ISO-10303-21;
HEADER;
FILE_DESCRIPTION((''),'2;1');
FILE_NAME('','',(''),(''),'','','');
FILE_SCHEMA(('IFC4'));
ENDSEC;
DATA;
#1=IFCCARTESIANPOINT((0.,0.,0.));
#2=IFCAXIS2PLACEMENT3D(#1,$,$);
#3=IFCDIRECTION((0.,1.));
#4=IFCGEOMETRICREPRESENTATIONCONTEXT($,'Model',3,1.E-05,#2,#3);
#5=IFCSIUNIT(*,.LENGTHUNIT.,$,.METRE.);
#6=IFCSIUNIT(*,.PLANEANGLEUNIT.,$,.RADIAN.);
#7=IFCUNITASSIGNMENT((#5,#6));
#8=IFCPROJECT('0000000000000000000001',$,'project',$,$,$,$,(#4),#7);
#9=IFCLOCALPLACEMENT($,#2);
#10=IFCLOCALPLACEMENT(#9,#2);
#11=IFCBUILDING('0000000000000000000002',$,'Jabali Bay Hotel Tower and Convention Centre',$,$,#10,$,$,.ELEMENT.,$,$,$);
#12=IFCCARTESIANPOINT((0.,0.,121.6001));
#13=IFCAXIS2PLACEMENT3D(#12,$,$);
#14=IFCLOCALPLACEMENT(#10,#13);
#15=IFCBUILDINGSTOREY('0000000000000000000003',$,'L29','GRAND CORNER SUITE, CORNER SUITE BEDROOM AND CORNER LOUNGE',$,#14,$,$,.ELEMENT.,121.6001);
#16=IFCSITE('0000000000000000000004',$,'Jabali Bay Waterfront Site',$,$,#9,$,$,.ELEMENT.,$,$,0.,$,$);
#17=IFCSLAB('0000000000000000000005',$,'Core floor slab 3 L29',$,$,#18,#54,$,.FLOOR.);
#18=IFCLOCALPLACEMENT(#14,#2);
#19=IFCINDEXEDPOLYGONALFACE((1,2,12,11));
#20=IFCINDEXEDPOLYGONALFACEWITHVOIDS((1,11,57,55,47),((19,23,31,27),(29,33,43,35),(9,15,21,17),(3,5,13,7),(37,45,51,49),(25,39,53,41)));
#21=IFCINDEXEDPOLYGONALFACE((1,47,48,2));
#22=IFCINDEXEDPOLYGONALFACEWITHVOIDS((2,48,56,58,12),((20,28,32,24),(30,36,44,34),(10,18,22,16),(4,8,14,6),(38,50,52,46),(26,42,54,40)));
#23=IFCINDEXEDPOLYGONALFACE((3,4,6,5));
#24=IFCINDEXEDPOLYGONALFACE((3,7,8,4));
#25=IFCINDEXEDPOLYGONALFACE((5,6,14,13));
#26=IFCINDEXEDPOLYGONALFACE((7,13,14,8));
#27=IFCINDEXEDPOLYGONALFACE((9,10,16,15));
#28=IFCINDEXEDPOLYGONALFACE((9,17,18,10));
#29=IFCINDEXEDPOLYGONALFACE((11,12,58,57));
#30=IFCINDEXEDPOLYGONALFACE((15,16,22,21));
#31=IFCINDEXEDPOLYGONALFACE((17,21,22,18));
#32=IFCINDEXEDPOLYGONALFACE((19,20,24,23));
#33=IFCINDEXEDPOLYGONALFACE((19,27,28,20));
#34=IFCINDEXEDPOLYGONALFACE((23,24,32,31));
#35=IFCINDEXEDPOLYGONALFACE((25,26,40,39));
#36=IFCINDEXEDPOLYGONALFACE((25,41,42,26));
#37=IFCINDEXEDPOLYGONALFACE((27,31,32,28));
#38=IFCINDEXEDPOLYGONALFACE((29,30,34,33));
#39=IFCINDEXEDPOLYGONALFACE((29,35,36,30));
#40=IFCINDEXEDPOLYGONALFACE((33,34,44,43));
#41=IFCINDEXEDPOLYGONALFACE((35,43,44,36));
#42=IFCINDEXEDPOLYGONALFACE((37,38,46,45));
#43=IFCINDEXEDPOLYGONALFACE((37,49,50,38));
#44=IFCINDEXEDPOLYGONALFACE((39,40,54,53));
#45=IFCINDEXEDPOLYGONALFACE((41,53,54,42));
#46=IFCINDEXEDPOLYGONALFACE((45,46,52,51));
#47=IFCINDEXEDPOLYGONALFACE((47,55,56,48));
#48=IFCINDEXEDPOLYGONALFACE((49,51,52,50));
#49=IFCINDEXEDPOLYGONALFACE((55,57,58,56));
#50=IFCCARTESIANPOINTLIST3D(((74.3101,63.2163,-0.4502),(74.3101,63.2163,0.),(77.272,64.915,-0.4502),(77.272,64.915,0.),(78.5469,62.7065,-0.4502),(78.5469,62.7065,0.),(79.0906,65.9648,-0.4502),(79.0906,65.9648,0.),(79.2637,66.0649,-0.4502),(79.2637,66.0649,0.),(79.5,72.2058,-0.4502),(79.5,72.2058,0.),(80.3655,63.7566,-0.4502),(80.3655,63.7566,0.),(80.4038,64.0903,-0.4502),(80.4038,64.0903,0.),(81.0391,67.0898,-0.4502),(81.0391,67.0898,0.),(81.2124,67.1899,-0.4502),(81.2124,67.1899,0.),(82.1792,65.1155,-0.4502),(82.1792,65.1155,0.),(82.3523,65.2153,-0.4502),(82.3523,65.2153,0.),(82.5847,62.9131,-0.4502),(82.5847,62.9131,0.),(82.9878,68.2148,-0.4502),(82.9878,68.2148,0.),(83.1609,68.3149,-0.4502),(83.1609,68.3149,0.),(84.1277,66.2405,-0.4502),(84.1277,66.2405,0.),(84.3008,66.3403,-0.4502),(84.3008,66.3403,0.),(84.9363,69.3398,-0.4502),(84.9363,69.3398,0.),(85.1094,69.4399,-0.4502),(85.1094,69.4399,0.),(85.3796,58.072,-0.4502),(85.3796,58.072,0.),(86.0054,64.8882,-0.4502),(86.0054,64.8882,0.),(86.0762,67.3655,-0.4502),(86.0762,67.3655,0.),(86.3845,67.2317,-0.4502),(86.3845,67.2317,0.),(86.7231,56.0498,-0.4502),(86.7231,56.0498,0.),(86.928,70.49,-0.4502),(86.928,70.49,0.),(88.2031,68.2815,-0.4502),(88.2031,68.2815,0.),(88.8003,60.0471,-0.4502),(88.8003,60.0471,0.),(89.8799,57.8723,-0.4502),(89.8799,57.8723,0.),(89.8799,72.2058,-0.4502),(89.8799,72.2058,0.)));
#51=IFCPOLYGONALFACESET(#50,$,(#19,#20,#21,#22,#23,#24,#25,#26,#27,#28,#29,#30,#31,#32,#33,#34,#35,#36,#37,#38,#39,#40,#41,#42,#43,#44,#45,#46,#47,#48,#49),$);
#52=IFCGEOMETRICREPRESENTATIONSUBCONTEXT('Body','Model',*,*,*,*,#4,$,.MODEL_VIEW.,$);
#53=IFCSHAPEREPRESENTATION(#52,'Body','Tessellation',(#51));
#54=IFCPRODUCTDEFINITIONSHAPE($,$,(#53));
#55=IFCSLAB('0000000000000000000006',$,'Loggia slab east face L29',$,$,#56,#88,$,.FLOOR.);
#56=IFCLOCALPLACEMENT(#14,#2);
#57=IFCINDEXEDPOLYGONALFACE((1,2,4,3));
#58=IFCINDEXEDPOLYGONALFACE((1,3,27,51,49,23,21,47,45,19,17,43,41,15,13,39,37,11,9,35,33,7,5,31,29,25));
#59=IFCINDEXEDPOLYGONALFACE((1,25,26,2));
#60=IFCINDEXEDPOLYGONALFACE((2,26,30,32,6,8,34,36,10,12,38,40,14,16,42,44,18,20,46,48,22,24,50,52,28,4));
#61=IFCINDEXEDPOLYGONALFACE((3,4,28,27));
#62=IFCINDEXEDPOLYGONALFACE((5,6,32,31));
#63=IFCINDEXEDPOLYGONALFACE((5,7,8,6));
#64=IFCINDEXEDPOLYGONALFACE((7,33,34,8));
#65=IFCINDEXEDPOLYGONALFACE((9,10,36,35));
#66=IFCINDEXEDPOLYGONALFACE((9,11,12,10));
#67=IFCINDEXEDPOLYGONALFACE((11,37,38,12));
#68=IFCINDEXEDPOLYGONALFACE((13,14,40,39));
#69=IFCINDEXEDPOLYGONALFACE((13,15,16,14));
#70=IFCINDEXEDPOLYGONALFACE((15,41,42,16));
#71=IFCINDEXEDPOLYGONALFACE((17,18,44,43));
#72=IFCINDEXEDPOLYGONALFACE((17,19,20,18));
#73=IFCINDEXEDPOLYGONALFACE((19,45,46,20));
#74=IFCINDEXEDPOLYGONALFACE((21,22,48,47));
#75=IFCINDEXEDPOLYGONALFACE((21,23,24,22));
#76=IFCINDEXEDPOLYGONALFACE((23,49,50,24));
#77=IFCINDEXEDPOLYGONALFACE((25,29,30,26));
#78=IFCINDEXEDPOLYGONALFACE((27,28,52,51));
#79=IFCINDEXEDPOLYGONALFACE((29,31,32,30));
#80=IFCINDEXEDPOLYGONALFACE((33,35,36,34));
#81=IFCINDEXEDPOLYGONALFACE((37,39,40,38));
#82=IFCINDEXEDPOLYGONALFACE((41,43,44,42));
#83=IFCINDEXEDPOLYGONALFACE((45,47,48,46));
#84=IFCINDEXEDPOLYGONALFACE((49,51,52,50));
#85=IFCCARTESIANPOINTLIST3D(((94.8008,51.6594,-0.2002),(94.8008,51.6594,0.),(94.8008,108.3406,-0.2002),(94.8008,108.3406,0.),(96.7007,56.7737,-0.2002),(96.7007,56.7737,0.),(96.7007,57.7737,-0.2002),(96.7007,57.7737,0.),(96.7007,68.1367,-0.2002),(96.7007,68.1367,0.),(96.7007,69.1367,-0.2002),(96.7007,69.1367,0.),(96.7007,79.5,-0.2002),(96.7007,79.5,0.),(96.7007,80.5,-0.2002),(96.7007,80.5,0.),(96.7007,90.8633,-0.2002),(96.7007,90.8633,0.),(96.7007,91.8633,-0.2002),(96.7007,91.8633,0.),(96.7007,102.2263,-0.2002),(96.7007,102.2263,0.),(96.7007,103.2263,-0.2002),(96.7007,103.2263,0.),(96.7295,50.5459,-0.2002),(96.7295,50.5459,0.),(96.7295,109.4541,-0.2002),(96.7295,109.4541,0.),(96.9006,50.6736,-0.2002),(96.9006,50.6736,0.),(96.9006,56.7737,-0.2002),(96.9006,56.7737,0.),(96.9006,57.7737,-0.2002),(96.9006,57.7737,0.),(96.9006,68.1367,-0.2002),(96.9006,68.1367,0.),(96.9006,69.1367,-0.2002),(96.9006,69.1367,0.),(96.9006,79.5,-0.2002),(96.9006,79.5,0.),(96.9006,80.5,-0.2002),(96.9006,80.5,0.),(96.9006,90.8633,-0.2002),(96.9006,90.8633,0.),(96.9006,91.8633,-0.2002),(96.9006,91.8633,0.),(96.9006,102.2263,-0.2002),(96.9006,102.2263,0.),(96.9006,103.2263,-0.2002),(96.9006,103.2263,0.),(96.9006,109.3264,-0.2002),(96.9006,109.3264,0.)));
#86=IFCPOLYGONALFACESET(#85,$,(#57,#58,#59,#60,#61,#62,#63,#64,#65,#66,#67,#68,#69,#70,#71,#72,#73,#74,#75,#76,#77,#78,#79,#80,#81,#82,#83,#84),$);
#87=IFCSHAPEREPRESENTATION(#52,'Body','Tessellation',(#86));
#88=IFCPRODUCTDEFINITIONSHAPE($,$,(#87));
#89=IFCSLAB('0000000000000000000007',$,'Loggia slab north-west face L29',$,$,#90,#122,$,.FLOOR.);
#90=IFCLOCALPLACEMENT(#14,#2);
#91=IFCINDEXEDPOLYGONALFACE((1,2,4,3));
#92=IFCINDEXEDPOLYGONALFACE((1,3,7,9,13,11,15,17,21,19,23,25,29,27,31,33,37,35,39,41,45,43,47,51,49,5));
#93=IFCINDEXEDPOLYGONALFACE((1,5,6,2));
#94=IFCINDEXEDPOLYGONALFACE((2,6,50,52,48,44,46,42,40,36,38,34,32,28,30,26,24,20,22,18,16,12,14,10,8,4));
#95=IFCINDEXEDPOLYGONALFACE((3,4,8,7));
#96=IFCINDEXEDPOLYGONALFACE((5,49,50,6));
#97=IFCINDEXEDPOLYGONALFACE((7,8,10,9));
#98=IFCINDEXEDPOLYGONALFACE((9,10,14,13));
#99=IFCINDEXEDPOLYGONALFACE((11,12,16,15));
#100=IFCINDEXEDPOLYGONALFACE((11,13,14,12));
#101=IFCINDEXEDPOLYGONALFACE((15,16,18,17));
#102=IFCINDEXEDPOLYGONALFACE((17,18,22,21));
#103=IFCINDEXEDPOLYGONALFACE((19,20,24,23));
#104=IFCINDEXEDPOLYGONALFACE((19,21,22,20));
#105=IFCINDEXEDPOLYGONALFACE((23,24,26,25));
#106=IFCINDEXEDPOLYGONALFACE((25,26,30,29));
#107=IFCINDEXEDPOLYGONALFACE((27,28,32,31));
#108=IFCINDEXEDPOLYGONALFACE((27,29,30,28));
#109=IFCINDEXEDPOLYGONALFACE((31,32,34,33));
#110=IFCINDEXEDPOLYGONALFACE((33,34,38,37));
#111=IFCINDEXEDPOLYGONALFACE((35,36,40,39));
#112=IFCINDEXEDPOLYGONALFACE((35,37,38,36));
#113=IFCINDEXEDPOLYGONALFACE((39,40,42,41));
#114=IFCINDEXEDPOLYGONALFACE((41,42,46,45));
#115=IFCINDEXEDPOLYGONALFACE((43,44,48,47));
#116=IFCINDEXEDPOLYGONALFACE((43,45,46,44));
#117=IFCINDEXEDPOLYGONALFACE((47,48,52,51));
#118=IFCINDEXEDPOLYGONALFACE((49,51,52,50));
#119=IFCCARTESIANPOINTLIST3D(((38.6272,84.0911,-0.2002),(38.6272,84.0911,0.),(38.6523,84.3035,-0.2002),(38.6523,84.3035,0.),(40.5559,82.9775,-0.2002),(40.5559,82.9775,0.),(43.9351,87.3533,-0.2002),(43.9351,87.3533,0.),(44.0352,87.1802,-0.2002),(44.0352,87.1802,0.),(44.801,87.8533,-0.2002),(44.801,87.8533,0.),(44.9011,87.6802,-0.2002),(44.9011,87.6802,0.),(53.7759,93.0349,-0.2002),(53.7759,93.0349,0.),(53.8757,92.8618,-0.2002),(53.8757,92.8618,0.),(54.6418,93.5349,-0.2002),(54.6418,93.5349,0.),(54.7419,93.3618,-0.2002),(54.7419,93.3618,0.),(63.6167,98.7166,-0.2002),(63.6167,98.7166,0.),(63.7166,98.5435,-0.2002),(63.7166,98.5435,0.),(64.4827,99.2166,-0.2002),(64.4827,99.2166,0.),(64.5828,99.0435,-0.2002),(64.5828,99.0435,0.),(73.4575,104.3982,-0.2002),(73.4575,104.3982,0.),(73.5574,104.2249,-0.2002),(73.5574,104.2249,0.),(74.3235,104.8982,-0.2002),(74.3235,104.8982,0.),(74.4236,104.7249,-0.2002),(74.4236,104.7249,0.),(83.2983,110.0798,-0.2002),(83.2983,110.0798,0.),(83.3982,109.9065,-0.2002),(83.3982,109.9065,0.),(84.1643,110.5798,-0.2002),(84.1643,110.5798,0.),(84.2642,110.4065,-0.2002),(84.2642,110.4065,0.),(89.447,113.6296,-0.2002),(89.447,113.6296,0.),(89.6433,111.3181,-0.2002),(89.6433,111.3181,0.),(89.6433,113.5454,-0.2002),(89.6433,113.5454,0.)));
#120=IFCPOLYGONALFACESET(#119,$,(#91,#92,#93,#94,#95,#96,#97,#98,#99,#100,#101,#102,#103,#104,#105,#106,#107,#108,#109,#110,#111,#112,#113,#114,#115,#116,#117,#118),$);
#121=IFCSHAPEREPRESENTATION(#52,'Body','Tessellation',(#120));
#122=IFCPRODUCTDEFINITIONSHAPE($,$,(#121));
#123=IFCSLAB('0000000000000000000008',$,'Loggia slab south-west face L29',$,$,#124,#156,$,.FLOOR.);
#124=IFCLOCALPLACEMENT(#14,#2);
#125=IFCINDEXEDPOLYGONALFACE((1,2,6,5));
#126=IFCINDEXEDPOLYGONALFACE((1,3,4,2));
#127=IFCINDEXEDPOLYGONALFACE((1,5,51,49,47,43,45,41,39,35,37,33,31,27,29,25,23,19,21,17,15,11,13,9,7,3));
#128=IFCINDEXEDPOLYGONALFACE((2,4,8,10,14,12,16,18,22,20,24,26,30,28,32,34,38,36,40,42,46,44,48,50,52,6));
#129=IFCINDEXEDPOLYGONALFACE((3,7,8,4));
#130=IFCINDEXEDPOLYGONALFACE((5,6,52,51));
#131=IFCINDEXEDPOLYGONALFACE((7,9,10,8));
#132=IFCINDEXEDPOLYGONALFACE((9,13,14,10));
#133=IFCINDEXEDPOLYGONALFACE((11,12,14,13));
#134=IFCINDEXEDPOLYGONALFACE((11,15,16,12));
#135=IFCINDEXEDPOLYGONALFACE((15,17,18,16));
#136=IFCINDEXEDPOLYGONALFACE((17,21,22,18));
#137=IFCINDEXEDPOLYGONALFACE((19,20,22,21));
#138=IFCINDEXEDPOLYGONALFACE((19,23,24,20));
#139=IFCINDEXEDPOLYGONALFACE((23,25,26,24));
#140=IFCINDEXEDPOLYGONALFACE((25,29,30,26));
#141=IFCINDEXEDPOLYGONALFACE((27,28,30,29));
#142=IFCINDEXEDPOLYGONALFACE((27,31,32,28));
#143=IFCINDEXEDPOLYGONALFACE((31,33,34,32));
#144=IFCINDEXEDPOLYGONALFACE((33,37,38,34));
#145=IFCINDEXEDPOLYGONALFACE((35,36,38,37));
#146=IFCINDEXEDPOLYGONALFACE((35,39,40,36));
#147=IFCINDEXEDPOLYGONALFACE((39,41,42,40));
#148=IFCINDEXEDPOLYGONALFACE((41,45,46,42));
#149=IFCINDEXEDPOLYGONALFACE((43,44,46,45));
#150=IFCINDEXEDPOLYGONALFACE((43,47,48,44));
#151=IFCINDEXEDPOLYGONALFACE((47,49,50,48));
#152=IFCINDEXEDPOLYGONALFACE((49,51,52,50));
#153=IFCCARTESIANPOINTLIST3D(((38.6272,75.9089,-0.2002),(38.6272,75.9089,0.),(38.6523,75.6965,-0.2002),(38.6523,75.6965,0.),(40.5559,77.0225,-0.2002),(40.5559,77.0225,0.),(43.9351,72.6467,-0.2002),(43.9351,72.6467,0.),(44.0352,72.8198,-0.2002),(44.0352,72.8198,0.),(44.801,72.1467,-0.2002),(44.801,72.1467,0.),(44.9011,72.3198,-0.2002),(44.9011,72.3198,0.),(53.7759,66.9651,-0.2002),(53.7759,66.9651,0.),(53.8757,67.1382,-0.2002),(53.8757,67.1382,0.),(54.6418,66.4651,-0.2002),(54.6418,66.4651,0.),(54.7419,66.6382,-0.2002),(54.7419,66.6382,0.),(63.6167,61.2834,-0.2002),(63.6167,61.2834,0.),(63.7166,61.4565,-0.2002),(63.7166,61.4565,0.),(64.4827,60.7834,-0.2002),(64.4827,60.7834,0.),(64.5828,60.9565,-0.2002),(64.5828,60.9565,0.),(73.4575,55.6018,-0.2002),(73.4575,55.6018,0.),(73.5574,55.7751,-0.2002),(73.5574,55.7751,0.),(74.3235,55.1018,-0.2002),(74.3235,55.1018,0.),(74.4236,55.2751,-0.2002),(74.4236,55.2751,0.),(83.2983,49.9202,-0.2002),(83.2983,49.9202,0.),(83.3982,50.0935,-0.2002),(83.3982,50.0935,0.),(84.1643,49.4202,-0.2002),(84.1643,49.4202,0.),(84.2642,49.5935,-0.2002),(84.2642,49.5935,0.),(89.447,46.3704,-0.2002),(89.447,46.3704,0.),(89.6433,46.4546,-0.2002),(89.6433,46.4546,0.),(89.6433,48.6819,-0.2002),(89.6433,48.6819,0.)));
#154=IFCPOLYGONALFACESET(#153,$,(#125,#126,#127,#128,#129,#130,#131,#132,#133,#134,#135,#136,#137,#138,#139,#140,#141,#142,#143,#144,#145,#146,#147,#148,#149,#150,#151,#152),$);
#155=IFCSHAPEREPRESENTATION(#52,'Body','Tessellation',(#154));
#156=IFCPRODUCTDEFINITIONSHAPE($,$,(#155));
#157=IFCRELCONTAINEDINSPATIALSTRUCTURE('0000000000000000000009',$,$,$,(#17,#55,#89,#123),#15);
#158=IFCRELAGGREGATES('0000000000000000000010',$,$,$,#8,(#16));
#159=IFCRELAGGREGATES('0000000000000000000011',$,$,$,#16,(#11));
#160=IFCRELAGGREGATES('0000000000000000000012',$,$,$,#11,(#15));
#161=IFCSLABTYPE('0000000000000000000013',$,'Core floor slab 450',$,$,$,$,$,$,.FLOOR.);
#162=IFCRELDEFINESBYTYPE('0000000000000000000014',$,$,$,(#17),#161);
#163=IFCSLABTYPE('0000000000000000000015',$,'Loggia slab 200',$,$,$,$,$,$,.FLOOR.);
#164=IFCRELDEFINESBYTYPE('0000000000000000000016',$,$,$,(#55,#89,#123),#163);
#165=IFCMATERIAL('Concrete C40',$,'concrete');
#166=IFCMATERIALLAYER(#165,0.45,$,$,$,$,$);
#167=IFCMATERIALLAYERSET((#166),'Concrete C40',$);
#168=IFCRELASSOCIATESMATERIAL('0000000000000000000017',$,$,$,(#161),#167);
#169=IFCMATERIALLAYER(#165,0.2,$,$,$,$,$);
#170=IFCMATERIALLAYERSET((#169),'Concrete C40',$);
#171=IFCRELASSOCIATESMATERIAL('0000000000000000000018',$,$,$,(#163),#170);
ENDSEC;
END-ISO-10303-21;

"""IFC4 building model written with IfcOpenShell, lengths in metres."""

from ifc_helpers import new_model, si_unit, direction, frame, origin, place, context, subcontext, project, spatial, polyline, outline, extrude, material, layer, layer_set, type_object, element, save


model = new_model("IFC4")

# Units and contexts
model_context = context("Model", 3, precision=1e-05, world=origin(), true_north=direction((0.0, 1.0)))
body_context = subcontext(model_context, "Body", "Model", "MODEL_VIEW")
ifc_project = project(units=[si_unit("LENGTHUNIT", "METRE"), si_unit("PLANEANGLEUNIT", "RADIAN")], contexts=[model_context])

# Site, building, storey
site_placement = place(None, origin())
site = spatial("IfcSite", under=ifc_project, at=site_placement, Name="Jabali Bay Waterfront Site", CompositionType="ELEMENT", RefElevation=0.0)
building_placement = place(site_placement, origin())
building = spatial("IfcBuilding", under=site, at=building_placement, Name="Jabali Bay Hotel Tower and Convention Centre", CompositionType="ELEMENT")
storey_placement = place(building_placement, frame((0.0, 0.0, 121.6001)))
storey = spatial("IfcBuildingStorey", under=building, at=storey_placement, Name="L29", Description="GRAND CORNER SUITE, CORNER SUITE BEDROOM AND CORNER LOUNGE", CompositionType="ELEMENT", Elevation=121.6001)

# Slabs
ifc_material_1 = material(Name="Concrete C40", Category="concrete")
ifc_layer_1 = layer(ifc_material_1, 0.45)
ifc_layer_set_1 = layer_set([ifc_layer_1], Name="Concrete C40")
slab_type_1 = type_object("IfcSlabType", Name="Core floor slab 450", PredefinedType="FLOOR", material=ifc_layer_set_1)
slab_1_placement = place(storey_placement, frame((0.0, 0.0, -0.4502)))
element("IfcSlab", 1, at=slab_1_placement, inside=storey, type_object=slab_type_1, Name="Core floor slab 3 L29", PredefinedType="FLOOR", context=body_context, shape_type="SweptSolid", body=[
    extrude(outline(polyline([(79.5, 72.2058), (74.3101, 63.2163), (86.7231, 56.0498), (89.8799, 57.8723), (89.8799, 72.2058), (79.5, 72.2058)]), holes=[polyline([(82.5847, 62.9131), (85.3796, 58.072), (88.8003, 60.0471), (86.0054, 64.8882), (82.5847, 62.9131)]), polyline([(80.3655, 63.7566), (79.0906, 65.9648), (77.272, 64.915), (78.5469, 62.7065), (80.3655, 63.7566)]), polyline([(82.1792, 65.1155), (81.0391, 67.0898), (79.2637, 66.0649), (80.4038, 64.0903), (82.1792, 65.1155)]), polyline([(82.9878, 68.2148), (81.2124, 67.1899), (82.3523, 65.2153), (84.1277, 66.2405), (82.9878, 68.2148)]), polyline([(86.0762, 67.3655), (84.9363, 69.3398), (83.1609, 68.3149), (84.3008, 66.3403), (86.0762, 67.3655)]), polyline([(88.2031, 68.2815), (86.928, 70.49), (85.1094, 69.4399), (86.3845, 67.2317), (88.2031, 68.2815)])]), origin(), (0.0, 0.0, 1.0), 0.4502),
])
ifc_layer_2 = layer(ifc_material_1, 0.2)
ifc_layer_set_2 = layer_set([ifc_layer_2], Name="Concrete C40")
slab_type_2 = type_object("IfcSlabType", Name="Loggia slab 200", PredefinedType="FLOOR", material=ifc_layer_set_2)
slab_2_placement = place(storey_placement, frame((0.0, 0.0, -0.2002)))
element("IfcSlab", 2, at=slab_2_placement, inside=storey, type_object=slab_type_2, Name="Loggia slab east face L29", PredefinedType="FLOOR", context=body_context, shape_type="SweptSolid", body=[
    extrude(outline(polyline([(94.8008, 108.3406), (96.7295, 109.4541), (96.9006, 109.3264), (96.9006, 103.2263), (96.7007, 103.2263), (96.7007, 102.2263), (96.9006, 102.2263), (96.9006, 91.8633), (96.7007, 91.8633), (96.7007, 90.8633), (96.9006, 90.8633), (96.9006, 80.5), (96.7007, 80.5), (96.7007, 79.5), (96.9006, 79.5), (96.9006, 69.1367), (96.7007, 69.1367), (96.7007, 68.1367), (96.9006, 68.1367), (96.9006, 57.7737), (96.7007, 57.7737), (96.7007, 56.7737), (96.9006, 56.7737), (96.9006, 50.6736), (96.7295, 50.5459), (94.8008, 51.6594), (94.8008, 108.3406)])), origin(), (0.0, 0.0, 1.0), 0.2002),
])
slab_3_placement = place(storey_placement, frame((0.0, 0.0, -0.2002)))
element("IfcSlab", 3, at=slab_3_placement, inside=storey, type_object=slab_type_2, Name="Loggia slab north-west face L29", PredefinedType="FLOOR", context=body_context, shape_type="SweptSolid", body=[
    extrude(outline(polyline([(40.5559, 82.9775), (38.6272, 84.0911), (38.6523, 84.3035), (43.9351, 87.3533), (44.0352, 87.1802), (44.9011, 87.6802), (44.801, 87.8533), (53.7759, 93.0349), (53.8757, 92.8618), (54.7419, 93.3618), (54.6418, 93.5349), (63.6167, 98.7166), (63.7166, 98.5435), (64.5828, 99.0435), (64.4827, 99.2166), (73.4575, 104.3982), (73.5574, 104.2249), (74.4236, 104.7249), (74.3235, 104.8982), (83.2983, 110.0798), (83.3982, 109.9065), (84.2642, 110.4065), (84.1643, 110.5798), (89.447, 113.6296), (89.6433, 113.5454), (89.6433, 111.3181), (40.5559, 82.9775)])), origin(), (0.0, 0.0, 1.0), 0.2002),
])
slab_4_placement = place(storey_placement, frame((0.0, 0.0, -0.2002)))
element("IfcSlab", 4, at=slab_4_placement, inside=storey, type_object=slab_type_2, Name="Loggia slab south-west face L29", PredefinedType="FLOOR", context=body_context, shape_type="SweptSolid", body=[
    extrude(outline(polyline([(89.6433, 48.6819), (89.6433, 46.4546), (89.447, 46.3704), (84.1643, 49.4202), (84.2642, 49.5935), (83.3982, 50.0935), (83.2983, 49.9202), (74.3235, 55.1018), (74.4236, 55.2751), (73.5574, 55.7751), (73.4575, 55.6018), (64.4827, 60.7834), (64.5828, 60.9565), (63.7166, 61.4565), (63.6167, 61.2834), (54.6418, 66.4651), (54.7419, 66.6382), (53.8757, 67.1382), (53.7759, 66.9651), (44.801, 72.1467), (44.9011, 72.3198), (44.0352, 72.8198), (43.9351, 72.6467), (38.6523, 75.6965), (38.6272, 75.9089), (40.5559, 77.0225), (89.6433, 48.6819)])), origin(), (0.0, 0.0, 1.0), 0.2002),
])

save(model, "model.ifc")
